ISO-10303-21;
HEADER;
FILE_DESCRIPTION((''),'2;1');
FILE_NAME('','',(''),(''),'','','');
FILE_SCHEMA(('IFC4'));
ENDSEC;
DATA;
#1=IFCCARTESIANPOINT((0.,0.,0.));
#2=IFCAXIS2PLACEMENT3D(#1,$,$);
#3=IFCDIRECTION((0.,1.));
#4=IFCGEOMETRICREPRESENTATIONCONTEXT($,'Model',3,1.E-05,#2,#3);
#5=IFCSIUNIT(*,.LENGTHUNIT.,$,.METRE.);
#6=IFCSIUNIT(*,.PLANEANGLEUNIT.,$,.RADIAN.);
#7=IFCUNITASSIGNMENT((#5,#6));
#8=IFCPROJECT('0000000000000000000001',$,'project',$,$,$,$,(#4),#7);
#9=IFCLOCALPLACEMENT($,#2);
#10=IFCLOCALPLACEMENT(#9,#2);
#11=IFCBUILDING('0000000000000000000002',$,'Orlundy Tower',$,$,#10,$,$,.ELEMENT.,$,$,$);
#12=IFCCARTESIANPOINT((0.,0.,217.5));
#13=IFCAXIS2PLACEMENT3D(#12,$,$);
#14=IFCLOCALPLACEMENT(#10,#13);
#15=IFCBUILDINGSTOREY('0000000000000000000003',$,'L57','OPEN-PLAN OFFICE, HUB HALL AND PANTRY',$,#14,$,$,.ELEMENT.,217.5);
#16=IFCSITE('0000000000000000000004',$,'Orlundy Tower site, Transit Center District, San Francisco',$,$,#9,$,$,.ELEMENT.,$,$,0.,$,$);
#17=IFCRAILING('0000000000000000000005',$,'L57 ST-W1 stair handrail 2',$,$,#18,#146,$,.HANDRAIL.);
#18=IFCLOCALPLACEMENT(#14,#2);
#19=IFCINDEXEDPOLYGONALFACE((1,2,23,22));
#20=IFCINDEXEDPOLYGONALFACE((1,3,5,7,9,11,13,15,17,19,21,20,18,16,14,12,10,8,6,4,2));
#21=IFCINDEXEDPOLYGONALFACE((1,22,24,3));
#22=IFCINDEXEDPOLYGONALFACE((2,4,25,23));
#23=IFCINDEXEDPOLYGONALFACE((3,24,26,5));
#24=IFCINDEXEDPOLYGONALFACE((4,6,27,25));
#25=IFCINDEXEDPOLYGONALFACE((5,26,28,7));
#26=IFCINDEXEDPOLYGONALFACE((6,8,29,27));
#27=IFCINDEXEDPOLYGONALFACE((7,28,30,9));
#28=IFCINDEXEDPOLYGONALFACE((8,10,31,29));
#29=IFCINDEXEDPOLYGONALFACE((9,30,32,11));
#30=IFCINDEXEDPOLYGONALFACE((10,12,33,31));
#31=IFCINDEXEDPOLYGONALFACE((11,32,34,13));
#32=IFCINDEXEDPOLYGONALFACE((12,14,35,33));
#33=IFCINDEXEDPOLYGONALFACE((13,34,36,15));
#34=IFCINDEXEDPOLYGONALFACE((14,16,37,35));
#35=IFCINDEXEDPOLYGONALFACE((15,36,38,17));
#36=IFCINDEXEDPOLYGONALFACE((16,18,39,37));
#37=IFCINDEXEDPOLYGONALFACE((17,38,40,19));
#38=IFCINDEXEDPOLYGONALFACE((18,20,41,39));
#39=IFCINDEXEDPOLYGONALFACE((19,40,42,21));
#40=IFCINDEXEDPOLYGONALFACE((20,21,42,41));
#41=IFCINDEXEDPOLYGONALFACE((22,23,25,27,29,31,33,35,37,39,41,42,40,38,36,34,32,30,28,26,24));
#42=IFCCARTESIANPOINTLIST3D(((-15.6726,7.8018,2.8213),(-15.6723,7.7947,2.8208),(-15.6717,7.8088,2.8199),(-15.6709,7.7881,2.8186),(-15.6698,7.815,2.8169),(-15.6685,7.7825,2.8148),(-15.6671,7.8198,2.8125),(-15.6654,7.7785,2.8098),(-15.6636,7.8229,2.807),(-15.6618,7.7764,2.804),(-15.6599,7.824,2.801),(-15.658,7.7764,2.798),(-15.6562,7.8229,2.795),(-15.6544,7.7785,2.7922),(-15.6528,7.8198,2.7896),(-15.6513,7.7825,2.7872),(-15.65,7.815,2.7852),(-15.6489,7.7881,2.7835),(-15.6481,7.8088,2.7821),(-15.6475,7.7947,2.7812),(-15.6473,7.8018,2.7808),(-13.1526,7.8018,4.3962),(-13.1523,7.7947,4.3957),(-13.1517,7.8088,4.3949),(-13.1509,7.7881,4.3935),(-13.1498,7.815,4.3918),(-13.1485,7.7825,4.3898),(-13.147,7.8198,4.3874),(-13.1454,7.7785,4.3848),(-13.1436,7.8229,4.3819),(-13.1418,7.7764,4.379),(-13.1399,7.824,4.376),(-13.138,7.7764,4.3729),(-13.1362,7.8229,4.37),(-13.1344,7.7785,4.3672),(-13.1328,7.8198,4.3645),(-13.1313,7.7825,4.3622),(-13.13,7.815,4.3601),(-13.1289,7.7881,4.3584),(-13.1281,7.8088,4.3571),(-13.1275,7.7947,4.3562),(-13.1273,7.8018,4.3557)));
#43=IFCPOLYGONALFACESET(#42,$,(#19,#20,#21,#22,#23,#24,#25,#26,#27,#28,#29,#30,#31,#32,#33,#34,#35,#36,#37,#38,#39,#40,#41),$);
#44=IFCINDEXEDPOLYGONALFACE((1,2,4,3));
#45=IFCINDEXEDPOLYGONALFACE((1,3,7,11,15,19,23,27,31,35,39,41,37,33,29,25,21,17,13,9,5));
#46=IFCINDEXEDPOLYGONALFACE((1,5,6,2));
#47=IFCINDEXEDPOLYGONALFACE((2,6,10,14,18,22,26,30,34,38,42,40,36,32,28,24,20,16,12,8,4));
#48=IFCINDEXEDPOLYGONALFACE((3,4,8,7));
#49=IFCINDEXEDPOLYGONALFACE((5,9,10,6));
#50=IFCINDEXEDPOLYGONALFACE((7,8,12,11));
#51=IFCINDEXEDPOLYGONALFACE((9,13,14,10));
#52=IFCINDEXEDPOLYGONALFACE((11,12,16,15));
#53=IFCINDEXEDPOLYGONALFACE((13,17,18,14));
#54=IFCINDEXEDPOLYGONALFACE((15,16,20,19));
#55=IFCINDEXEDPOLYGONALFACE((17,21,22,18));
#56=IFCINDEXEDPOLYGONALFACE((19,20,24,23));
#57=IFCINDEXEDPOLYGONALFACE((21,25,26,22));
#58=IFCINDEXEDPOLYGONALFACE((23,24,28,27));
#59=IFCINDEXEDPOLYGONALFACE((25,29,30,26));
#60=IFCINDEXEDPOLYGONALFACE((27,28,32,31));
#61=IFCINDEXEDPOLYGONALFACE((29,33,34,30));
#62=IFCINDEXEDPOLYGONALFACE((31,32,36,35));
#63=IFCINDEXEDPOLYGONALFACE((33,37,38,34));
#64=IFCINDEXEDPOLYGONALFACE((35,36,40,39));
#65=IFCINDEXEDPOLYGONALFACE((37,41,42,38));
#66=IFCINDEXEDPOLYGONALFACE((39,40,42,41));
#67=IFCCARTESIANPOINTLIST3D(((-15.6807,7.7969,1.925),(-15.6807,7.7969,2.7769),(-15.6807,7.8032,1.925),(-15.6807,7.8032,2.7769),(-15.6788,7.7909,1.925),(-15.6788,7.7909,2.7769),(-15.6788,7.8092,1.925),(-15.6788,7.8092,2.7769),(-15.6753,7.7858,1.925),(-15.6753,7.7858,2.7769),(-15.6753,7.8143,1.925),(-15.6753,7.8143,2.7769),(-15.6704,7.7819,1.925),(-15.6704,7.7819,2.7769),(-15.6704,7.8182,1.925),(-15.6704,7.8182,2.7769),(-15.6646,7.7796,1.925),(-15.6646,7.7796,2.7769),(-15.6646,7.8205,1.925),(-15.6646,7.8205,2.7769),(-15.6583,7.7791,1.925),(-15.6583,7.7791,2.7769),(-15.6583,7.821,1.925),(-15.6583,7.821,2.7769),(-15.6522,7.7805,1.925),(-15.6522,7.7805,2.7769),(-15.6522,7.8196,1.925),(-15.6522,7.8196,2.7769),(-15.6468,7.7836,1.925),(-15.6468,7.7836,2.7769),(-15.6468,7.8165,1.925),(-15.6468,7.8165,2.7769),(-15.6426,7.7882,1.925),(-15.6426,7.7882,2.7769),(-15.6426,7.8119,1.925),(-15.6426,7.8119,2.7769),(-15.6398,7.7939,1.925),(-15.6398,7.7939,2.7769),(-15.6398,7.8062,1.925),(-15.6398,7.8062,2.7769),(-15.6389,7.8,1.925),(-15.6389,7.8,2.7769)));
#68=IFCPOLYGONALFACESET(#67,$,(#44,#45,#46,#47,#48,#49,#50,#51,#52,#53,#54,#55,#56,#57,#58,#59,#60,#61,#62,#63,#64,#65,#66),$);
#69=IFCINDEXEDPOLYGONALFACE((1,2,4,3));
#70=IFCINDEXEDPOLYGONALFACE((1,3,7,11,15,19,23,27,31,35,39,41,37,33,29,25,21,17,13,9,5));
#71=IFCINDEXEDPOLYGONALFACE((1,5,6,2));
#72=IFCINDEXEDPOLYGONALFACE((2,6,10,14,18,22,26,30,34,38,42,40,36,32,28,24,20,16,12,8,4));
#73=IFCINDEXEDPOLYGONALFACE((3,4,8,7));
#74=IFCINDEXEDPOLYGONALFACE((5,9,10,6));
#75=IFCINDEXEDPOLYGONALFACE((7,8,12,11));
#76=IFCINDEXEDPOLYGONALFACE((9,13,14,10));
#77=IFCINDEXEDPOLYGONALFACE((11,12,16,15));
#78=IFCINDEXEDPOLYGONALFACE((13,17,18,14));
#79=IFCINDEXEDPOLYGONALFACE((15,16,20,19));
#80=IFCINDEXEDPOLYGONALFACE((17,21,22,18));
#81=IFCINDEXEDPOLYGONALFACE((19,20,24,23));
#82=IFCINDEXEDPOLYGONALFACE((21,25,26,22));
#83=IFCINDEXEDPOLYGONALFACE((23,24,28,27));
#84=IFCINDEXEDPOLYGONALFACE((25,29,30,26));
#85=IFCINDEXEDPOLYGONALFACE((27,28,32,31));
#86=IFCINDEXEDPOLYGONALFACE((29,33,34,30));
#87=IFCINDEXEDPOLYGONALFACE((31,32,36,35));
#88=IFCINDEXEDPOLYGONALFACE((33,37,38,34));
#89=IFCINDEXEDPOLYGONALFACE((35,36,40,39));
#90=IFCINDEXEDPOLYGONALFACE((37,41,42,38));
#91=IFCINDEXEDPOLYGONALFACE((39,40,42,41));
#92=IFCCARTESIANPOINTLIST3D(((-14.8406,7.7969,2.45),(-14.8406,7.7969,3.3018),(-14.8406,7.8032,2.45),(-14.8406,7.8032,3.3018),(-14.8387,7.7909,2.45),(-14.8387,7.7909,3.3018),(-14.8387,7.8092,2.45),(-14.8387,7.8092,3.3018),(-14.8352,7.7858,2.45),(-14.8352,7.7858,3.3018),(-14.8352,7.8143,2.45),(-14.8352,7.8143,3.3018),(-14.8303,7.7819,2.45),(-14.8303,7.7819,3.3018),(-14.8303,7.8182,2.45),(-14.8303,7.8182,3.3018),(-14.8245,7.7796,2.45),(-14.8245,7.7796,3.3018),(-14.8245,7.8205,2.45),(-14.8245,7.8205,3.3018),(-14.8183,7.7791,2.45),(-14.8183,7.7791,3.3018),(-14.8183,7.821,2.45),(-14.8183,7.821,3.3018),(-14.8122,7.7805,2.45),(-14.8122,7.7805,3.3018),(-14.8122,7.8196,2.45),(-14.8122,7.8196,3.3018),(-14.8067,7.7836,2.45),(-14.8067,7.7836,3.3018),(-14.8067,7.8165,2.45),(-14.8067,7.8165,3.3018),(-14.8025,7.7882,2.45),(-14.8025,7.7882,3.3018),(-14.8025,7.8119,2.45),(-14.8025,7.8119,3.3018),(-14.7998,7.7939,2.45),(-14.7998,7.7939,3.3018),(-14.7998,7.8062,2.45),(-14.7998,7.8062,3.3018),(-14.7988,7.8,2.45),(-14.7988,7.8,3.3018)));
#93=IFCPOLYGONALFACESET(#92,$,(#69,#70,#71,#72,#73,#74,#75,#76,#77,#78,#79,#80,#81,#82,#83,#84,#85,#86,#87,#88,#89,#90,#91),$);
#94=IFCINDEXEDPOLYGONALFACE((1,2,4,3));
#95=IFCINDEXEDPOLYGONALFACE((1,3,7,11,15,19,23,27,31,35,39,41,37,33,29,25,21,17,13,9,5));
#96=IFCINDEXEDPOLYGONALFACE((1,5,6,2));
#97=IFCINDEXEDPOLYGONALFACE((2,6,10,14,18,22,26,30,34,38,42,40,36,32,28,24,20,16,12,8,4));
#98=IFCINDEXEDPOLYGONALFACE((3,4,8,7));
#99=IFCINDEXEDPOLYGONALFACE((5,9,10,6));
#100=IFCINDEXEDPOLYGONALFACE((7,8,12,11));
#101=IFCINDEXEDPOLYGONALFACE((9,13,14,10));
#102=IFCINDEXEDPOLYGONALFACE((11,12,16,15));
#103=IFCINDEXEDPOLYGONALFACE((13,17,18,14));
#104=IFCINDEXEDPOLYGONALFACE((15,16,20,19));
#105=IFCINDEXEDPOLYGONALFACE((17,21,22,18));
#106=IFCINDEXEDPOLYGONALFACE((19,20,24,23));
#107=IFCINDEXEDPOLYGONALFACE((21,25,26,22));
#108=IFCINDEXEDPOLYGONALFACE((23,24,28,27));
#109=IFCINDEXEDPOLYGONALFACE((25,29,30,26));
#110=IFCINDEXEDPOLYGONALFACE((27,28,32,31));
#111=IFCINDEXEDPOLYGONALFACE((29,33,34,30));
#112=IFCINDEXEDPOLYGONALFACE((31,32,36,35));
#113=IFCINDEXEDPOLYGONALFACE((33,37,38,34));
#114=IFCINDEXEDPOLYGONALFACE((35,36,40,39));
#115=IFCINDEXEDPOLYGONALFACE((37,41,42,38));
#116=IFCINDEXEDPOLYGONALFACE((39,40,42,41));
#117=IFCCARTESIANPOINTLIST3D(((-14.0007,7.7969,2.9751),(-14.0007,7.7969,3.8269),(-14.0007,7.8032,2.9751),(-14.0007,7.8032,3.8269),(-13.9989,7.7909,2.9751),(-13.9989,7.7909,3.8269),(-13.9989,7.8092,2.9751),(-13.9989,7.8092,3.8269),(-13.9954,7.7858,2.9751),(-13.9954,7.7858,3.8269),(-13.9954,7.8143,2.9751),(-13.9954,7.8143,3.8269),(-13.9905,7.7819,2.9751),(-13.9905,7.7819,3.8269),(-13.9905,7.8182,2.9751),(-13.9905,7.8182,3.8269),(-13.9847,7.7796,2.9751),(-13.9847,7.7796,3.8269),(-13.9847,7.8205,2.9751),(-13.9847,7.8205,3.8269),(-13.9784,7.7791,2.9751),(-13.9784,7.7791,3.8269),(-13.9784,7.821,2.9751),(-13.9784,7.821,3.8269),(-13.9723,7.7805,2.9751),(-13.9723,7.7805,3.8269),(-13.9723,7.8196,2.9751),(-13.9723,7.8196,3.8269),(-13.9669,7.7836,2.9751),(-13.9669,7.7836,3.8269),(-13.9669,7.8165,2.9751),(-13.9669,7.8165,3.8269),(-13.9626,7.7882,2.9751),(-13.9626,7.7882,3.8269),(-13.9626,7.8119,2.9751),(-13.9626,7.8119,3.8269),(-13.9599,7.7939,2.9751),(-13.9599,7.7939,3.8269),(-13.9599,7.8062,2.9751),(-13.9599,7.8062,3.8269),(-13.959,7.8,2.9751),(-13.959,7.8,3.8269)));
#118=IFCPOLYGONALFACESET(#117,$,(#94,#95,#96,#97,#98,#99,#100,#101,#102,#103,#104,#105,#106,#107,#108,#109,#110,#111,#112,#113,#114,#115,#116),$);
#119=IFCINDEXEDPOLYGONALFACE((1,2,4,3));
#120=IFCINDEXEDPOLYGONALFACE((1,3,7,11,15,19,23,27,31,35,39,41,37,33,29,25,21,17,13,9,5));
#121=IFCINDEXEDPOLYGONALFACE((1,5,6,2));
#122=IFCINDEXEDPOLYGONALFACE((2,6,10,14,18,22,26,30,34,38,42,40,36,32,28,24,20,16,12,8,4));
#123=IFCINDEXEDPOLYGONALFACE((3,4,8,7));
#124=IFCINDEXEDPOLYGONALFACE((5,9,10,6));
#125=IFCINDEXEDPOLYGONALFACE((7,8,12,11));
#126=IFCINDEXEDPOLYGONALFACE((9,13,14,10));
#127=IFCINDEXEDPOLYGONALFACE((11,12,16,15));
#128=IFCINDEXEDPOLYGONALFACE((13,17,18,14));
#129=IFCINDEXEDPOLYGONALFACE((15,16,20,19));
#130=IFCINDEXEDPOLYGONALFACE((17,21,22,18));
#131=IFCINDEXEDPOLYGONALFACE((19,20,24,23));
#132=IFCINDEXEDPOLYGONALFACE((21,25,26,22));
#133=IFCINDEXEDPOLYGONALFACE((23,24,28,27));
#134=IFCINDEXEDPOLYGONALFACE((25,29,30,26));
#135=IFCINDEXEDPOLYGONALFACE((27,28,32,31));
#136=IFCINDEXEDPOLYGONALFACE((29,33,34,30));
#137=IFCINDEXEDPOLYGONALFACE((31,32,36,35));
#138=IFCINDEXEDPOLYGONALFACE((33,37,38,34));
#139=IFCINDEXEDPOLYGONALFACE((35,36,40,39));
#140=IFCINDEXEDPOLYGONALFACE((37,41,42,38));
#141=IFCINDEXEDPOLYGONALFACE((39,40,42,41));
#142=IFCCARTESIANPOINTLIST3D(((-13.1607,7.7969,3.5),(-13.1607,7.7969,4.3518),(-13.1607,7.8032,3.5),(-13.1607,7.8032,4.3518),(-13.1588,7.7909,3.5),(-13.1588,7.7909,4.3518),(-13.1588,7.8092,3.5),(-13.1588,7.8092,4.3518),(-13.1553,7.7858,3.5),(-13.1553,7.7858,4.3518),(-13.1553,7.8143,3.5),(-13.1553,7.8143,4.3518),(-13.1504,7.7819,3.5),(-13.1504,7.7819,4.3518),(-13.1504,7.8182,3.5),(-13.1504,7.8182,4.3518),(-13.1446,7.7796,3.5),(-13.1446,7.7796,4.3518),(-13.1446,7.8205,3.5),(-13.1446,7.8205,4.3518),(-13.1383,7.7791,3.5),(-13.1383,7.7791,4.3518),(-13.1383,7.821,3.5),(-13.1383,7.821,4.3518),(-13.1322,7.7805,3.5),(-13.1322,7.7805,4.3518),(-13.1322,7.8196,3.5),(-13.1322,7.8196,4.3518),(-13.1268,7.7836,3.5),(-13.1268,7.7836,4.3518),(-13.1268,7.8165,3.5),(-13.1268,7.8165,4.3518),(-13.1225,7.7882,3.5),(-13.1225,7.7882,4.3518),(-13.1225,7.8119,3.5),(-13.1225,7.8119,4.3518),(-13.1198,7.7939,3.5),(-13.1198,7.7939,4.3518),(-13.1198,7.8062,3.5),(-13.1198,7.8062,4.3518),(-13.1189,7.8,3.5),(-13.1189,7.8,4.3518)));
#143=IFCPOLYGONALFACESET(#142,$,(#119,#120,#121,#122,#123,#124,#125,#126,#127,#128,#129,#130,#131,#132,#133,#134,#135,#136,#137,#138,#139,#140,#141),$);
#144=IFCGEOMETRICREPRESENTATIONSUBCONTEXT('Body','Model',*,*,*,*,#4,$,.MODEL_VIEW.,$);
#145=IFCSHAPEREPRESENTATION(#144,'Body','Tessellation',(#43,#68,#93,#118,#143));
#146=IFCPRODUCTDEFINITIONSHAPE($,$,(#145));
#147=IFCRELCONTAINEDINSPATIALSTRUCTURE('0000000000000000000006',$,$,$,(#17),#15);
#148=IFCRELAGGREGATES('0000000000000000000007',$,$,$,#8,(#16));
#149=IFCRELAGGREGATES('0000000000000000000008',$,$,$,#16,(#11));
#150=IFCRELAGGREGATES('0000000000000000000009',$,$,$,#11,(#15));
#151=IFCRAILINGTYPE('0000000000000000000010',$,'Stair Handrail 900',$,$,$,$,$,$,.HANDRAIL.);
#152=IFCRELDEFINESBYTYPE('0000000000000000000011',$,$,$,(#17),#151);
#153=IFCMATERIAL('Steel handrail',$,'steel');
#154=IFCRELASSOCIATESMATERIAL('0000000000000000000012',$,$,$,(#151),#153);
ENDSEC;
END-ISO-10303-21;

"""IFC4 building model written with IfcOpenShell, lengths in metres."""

from ifc_helpers import new_model, si_unit, direction, frame, origin, origin_2d, place, context, subcontext, project, spatial, circle, extrude, material, type_object, element, save


model = new_model("IFC4")

# Units and contexts
model_context = context("Model", 3, precision=1e-05, world=origin(), true_north=direction((0.0, 1.0)))
body_context = subcontext(model_context, "Body", "Model", "MODEL_VIEW")
ifc_project = project(units=[si_unit("LENGTHUNIT", "METRE"), si_unit("PLANEANGLEUNIT", "RADIAN")], contexts=[model_context])

# Site, building, storey
site_placement = place(None, origin())
site = spatial("IfcSite", under=ifc_project, at=site_placement, Name="Orlundy Tower site, Transit Center District, San Francisco", CompositionType="ELEMENT", RefElevation=0.0)
building_placement = place(site_placement, origin())
building = spatial("IfcBuilding", under=site, at=building_placement, Name="Orlundy Tower", CompositionType="ELEMENT")
storey_placement = place(building_placement, frame((0.0, 0.0, 217.5)))
storey = spatial("IfcBuildingStorey", under=building, at=storey_placement, Name="L57", Description="OPEN-PLAN OFFICE, HUB HALL AND PANTRY", CompositionType="ELEMENT", Elevation=217.5)

# Railing
ifc_material_1 = material(Name="Steel handrail", Category="steel")
railing_type = type_object("IfcRailingType", Name="Stair Handrail 900", PredefinedType="HANDRAIL", material=ifc_material_1)
railing_1_placement = place(storey_placement, frame((-15.6599, 7.8, 1.925)))
element("IfcRailing", 1, at=railing_1_placement, inside=storey, type_object=railing_type, Name="L57 ST-W1 stair handrail 2", PredefinedType="HANDRAIL", context=body_context, shape_type="SweptSolid", body=[
    extrude(circle(Radius=0.0239, at=origin_2d()), frame((0.0, 0.0, 0.876), z_axis=(0.848008, 0.0, 0.529984), x_axis=(0.0, 1.0, 0.0)), (0.0, 0.0, 1.0), 2.9717),
    extrude(circle(Radius=0.021, at=origin_2d()), origin(), (0.0, 0.0, 1.0), 0.8518),
    extrude(circle(Radius=0.021, at=origin_2d()), frame((0.8401, 0.0, 0.5249)), (0.0, 0.0, 1.0), 0.8518),
    extrude(circle(Radius=0.021, at=origin_2d()), frame((1.6799, 0.0, 1.05)), (0.0, 0.0, 1.0), 0.8518),
    extrude(circle(Radius=0.021, at=origin_2d()), frame((2.52, 0.0, 1.575)), (0.0, 0.0, 1.0), 0.8518),
])

save(model, "model.ifc")
